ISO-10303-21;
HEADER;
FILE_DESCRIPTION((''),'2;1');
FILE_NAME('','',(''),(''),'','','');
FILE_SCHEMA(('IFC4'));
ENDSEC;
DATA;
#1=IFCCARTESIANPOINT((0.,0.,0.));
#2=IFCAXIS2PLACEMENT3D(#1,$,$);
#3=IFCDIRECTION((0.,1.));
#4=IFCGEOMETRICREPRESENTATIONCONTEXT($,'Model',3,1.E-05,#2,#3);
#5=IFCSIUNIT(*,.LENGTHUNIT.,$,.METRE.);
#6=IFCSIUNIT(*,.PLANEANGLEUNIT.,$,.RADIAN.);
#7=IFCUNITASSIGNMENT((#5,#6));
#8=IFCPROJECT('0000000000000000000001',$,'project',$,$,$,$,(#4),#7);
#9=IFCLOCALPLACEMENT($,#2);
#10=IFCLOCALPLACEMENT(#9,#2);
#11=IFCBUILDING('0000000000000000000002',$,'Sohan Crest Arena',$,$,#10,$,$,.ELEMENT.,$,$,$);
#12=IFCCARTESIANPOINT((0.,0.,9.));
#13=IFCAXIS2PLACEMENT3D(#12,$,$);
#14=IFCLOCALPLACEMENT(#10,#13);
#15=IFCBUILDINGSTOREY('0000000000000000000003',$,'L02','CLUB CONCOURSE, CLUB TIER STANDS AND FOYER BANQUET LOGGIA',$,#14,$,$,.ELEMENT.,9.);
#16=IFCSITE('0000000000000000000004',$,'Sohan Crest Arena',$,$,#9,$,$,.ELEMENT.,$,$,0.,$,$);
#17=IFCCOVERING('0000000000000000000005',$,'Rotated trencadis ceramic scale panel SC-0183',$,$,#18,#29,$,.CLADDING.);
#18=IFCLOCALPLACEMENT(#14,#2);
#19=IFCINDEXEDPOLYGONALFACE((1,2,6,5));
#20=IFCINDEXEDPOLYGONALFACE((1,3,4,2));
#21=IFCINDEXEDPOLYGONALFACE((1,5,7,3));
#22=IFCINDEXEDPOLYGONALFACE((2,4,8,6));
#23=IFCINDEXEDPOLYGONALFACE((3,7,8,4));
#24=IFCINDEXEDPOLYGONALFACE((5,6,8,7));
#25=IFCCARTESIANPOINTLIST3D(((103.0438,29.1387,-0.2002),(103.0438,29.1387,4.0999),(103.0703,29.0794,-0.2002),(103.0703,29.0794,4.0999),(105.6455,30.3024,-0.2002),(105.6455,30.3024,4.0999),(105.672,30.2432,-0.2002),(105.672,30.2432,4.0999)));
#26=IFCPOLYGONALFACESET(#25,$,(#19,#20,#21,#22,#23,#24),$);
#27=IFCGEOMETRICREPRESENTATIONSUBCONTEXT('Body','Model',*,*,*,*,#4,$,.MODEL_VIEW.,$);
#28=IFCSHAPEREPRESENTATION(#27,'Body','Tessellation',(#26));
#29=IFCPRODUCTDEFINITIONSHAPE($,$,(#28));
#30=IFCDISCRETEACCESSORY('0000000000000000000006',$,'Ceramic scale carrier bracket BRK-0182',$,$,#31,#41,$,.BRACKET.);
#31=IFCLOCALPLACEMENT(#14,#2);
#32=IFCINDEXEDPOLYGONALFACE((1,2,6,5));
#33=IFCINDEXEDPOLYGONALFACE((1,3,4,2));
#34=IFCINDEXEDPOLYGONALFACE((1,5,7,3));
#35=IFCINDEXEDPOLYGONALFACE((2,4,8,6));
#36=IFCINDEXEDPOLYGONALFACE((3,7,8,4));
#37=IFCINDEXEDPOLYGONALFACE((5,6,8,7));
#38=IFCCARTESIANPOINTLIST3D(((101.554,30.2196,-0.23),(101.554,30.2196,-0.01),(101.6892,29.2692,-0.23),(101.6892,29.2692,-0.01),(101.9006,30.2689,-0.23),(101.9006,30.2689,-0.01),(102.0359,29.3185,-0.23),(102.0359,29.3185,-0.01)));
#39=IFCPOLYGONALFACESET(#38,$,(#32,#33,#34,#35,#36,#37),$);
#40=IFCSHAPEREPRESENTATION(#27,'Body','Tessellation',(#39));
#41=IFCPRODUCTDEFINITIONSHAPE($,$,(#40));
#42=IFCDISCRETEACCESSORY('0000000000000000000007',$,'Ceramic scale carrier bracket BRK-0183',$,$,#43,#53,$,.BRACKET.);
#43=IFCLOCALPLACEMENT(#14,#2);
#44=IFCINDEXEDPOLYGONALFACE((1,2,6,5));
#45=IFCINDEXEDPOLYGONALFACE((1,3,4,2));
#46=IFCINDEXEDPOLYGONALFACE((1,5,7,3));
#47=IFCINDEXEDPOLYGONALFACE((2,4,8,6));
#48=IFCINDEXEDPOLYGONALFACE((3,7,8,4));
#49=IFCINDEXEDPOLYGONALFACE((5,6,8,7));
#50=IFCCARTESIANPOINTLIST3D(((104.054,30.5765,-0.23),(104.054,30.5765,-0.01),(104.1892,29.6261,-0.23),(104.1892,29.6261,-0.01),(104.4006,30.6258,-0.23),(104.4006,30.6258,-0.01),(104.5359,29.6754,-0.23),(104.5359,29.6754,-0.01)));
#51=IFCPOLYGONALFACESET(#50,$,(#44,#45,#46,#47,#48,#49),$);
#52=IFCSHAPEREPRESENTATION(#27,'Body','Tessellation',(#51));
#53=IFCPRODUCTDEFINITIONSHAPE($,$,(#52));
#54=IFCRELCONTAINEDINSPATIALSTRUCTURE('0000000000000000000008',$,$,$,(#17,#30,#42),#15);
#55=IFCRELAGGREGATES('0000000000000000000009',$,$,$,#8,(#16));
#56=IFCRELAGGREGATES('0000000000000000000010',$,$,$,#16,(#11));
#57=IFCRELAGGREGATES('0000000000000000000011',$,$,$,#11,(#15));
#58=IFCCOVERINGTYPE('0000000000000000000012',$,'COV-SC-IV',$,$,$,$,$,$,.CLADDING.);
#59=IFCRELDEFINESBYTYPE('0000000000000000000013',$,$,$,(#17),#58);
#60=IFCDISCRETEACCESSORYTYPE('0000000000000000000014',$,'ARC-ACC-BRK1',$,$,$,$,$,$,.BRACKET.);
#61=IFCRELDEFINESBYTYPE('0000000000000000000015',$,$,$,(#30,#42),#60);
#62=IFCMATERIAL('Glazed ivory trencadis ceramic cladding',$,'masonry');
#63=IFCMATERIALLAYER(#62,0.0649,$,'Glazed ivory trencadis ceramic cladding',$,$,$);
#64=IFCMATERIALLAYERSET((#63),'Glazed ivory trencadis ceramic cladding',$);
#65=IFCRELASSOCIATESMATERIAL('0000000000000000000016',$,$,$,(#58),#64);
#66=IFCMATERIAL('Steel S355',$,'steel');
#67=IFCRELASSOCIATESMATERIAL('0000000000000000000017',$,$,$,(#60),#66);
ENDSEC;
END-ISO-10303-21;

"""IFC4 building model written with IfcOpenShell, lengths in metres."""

from ifc_helpers import new_model, si_unit, direction, frame, origin, origin_2d, place, context, subcontext, project, spatial, rectangle, extrude, material, layer, layer_set, type_object, element, save


model = new_model("IFC4")

# Units and contexts
model_context = context("Model", 3, precision=1e-05, world=origin(), true_north=direction((0.0, 1.0)))
body_context = subcontext(model_context, "Body", "Model", "MODEL_VIEW")
ifc_project = project(units=[si_unit("LENGTHUNIT", "METRE"), si_unit("PLANEANGLEUNIT", "RADIAN")], contexts=[model_context])

# Site, building, storey
site_placement = place(None, origin())
site = spatial("IfcSite", under=ifc_project, at=site_placement, Name="Sohan Crest Arena", CompositionType="ELEMENT", RefElevation=0.0)
building_placement = place(site_placement, origin())
building = spatial("IfcBuilding", under=site, at=building_placement, Name="Sohan Crest Arena", CompositionType="ELEMENT")
storey_placement = place(building_placement, frame((0.0, 0.0, 9.0)))
storey = spatial("IfcBuildingStorey", under=building, at=storey_placement, Name="L02", Description="CLUB CONCOURSE, CLUB TIER STANDS AND FOYER BANQUET LOGGIA", CompositionType="ELEMENT", Elevation=9.0)

# Shared definitions
ifc_material_1 = material(Name="Steel S355", Category="steel")

# Covering
ifc_material_2 = material(Name="Glazed ivory trencadis ceramic cladding", Category="masonry")
ifc_layer_1 = layer(ifc_material_2, 0.0649, Name="Glazed ivory trencadis ceramic cladding")
ifc_layer_set_1 = layer_set([ifc_layer_1], Name="Glazed ivory trencadis ceramic cladding")
covering_type = type_object("IfcCoveringType", Name="COV-SC-IV", PredefinedType="CLADDING", material=ifc_layer_set_1)
for number, where, z_axis, x_axis, name in (
    (1, (104.3579, 29.6909, -0.2002), (0.0, 0.0, 1.0), (0.912834, 0.40833, 0.0), "Rotated trencadis ceramic scale panel SC-0183"),
):
    element("IfcCovering", number, at=place(storey_placement, frame(where, z_axis=z_axis, x_axis=x_axis)), inside=storey, type_object=covering_type, Name=name, PredefinedType="CLADDING", context=body_context, shape_type="SweptSolid", body=[
        extrude(rectangle(XDim=2.8501, YDim=0.0649, at=origin_2d()), origin(), (0.0, 0.0, 1.0), 4.3),
    ])

# Discrete accessories
discrete_accessory_type = type_object("IfcDiscreteAccessoryType", Name="ARC-ACC-BRK1", PredefinedType="BRACKET", material=ifc_material_1)
for number, where, z_axis, x_axis, name in (
    (2, (101.7949, 29.769, -0.23), (0.0, 0.0, 1.0), (0.990024, 0.140901, 0.0), "Ceramic scale carrier bracket BRK-0182"),
    (3, (104.2949, 30.126, -0.23), (0.0, 0.0, 1.0), (0.990024, 0.140901, 0.0), "Ceramic scale carrier bracket BRK-0183"),
):
    element("IfcDiscreteAccessory", number, at=place(storey_placement, frame(where, z_axis=z_axis, x_axis=x_axis)), inside=storey, type_object=discrete_accessory_type, Name=name, PredefinedType="BRACKET", context=body_context, shape_type="SweptSolid", body=[
        extrude(rectangle(XDim=0.3501, YDim=0.96, at=origin_2d()), origin(), (0.0, 0.0, 1.0), 0.22),
    ])

save(model, "model.ifc")
